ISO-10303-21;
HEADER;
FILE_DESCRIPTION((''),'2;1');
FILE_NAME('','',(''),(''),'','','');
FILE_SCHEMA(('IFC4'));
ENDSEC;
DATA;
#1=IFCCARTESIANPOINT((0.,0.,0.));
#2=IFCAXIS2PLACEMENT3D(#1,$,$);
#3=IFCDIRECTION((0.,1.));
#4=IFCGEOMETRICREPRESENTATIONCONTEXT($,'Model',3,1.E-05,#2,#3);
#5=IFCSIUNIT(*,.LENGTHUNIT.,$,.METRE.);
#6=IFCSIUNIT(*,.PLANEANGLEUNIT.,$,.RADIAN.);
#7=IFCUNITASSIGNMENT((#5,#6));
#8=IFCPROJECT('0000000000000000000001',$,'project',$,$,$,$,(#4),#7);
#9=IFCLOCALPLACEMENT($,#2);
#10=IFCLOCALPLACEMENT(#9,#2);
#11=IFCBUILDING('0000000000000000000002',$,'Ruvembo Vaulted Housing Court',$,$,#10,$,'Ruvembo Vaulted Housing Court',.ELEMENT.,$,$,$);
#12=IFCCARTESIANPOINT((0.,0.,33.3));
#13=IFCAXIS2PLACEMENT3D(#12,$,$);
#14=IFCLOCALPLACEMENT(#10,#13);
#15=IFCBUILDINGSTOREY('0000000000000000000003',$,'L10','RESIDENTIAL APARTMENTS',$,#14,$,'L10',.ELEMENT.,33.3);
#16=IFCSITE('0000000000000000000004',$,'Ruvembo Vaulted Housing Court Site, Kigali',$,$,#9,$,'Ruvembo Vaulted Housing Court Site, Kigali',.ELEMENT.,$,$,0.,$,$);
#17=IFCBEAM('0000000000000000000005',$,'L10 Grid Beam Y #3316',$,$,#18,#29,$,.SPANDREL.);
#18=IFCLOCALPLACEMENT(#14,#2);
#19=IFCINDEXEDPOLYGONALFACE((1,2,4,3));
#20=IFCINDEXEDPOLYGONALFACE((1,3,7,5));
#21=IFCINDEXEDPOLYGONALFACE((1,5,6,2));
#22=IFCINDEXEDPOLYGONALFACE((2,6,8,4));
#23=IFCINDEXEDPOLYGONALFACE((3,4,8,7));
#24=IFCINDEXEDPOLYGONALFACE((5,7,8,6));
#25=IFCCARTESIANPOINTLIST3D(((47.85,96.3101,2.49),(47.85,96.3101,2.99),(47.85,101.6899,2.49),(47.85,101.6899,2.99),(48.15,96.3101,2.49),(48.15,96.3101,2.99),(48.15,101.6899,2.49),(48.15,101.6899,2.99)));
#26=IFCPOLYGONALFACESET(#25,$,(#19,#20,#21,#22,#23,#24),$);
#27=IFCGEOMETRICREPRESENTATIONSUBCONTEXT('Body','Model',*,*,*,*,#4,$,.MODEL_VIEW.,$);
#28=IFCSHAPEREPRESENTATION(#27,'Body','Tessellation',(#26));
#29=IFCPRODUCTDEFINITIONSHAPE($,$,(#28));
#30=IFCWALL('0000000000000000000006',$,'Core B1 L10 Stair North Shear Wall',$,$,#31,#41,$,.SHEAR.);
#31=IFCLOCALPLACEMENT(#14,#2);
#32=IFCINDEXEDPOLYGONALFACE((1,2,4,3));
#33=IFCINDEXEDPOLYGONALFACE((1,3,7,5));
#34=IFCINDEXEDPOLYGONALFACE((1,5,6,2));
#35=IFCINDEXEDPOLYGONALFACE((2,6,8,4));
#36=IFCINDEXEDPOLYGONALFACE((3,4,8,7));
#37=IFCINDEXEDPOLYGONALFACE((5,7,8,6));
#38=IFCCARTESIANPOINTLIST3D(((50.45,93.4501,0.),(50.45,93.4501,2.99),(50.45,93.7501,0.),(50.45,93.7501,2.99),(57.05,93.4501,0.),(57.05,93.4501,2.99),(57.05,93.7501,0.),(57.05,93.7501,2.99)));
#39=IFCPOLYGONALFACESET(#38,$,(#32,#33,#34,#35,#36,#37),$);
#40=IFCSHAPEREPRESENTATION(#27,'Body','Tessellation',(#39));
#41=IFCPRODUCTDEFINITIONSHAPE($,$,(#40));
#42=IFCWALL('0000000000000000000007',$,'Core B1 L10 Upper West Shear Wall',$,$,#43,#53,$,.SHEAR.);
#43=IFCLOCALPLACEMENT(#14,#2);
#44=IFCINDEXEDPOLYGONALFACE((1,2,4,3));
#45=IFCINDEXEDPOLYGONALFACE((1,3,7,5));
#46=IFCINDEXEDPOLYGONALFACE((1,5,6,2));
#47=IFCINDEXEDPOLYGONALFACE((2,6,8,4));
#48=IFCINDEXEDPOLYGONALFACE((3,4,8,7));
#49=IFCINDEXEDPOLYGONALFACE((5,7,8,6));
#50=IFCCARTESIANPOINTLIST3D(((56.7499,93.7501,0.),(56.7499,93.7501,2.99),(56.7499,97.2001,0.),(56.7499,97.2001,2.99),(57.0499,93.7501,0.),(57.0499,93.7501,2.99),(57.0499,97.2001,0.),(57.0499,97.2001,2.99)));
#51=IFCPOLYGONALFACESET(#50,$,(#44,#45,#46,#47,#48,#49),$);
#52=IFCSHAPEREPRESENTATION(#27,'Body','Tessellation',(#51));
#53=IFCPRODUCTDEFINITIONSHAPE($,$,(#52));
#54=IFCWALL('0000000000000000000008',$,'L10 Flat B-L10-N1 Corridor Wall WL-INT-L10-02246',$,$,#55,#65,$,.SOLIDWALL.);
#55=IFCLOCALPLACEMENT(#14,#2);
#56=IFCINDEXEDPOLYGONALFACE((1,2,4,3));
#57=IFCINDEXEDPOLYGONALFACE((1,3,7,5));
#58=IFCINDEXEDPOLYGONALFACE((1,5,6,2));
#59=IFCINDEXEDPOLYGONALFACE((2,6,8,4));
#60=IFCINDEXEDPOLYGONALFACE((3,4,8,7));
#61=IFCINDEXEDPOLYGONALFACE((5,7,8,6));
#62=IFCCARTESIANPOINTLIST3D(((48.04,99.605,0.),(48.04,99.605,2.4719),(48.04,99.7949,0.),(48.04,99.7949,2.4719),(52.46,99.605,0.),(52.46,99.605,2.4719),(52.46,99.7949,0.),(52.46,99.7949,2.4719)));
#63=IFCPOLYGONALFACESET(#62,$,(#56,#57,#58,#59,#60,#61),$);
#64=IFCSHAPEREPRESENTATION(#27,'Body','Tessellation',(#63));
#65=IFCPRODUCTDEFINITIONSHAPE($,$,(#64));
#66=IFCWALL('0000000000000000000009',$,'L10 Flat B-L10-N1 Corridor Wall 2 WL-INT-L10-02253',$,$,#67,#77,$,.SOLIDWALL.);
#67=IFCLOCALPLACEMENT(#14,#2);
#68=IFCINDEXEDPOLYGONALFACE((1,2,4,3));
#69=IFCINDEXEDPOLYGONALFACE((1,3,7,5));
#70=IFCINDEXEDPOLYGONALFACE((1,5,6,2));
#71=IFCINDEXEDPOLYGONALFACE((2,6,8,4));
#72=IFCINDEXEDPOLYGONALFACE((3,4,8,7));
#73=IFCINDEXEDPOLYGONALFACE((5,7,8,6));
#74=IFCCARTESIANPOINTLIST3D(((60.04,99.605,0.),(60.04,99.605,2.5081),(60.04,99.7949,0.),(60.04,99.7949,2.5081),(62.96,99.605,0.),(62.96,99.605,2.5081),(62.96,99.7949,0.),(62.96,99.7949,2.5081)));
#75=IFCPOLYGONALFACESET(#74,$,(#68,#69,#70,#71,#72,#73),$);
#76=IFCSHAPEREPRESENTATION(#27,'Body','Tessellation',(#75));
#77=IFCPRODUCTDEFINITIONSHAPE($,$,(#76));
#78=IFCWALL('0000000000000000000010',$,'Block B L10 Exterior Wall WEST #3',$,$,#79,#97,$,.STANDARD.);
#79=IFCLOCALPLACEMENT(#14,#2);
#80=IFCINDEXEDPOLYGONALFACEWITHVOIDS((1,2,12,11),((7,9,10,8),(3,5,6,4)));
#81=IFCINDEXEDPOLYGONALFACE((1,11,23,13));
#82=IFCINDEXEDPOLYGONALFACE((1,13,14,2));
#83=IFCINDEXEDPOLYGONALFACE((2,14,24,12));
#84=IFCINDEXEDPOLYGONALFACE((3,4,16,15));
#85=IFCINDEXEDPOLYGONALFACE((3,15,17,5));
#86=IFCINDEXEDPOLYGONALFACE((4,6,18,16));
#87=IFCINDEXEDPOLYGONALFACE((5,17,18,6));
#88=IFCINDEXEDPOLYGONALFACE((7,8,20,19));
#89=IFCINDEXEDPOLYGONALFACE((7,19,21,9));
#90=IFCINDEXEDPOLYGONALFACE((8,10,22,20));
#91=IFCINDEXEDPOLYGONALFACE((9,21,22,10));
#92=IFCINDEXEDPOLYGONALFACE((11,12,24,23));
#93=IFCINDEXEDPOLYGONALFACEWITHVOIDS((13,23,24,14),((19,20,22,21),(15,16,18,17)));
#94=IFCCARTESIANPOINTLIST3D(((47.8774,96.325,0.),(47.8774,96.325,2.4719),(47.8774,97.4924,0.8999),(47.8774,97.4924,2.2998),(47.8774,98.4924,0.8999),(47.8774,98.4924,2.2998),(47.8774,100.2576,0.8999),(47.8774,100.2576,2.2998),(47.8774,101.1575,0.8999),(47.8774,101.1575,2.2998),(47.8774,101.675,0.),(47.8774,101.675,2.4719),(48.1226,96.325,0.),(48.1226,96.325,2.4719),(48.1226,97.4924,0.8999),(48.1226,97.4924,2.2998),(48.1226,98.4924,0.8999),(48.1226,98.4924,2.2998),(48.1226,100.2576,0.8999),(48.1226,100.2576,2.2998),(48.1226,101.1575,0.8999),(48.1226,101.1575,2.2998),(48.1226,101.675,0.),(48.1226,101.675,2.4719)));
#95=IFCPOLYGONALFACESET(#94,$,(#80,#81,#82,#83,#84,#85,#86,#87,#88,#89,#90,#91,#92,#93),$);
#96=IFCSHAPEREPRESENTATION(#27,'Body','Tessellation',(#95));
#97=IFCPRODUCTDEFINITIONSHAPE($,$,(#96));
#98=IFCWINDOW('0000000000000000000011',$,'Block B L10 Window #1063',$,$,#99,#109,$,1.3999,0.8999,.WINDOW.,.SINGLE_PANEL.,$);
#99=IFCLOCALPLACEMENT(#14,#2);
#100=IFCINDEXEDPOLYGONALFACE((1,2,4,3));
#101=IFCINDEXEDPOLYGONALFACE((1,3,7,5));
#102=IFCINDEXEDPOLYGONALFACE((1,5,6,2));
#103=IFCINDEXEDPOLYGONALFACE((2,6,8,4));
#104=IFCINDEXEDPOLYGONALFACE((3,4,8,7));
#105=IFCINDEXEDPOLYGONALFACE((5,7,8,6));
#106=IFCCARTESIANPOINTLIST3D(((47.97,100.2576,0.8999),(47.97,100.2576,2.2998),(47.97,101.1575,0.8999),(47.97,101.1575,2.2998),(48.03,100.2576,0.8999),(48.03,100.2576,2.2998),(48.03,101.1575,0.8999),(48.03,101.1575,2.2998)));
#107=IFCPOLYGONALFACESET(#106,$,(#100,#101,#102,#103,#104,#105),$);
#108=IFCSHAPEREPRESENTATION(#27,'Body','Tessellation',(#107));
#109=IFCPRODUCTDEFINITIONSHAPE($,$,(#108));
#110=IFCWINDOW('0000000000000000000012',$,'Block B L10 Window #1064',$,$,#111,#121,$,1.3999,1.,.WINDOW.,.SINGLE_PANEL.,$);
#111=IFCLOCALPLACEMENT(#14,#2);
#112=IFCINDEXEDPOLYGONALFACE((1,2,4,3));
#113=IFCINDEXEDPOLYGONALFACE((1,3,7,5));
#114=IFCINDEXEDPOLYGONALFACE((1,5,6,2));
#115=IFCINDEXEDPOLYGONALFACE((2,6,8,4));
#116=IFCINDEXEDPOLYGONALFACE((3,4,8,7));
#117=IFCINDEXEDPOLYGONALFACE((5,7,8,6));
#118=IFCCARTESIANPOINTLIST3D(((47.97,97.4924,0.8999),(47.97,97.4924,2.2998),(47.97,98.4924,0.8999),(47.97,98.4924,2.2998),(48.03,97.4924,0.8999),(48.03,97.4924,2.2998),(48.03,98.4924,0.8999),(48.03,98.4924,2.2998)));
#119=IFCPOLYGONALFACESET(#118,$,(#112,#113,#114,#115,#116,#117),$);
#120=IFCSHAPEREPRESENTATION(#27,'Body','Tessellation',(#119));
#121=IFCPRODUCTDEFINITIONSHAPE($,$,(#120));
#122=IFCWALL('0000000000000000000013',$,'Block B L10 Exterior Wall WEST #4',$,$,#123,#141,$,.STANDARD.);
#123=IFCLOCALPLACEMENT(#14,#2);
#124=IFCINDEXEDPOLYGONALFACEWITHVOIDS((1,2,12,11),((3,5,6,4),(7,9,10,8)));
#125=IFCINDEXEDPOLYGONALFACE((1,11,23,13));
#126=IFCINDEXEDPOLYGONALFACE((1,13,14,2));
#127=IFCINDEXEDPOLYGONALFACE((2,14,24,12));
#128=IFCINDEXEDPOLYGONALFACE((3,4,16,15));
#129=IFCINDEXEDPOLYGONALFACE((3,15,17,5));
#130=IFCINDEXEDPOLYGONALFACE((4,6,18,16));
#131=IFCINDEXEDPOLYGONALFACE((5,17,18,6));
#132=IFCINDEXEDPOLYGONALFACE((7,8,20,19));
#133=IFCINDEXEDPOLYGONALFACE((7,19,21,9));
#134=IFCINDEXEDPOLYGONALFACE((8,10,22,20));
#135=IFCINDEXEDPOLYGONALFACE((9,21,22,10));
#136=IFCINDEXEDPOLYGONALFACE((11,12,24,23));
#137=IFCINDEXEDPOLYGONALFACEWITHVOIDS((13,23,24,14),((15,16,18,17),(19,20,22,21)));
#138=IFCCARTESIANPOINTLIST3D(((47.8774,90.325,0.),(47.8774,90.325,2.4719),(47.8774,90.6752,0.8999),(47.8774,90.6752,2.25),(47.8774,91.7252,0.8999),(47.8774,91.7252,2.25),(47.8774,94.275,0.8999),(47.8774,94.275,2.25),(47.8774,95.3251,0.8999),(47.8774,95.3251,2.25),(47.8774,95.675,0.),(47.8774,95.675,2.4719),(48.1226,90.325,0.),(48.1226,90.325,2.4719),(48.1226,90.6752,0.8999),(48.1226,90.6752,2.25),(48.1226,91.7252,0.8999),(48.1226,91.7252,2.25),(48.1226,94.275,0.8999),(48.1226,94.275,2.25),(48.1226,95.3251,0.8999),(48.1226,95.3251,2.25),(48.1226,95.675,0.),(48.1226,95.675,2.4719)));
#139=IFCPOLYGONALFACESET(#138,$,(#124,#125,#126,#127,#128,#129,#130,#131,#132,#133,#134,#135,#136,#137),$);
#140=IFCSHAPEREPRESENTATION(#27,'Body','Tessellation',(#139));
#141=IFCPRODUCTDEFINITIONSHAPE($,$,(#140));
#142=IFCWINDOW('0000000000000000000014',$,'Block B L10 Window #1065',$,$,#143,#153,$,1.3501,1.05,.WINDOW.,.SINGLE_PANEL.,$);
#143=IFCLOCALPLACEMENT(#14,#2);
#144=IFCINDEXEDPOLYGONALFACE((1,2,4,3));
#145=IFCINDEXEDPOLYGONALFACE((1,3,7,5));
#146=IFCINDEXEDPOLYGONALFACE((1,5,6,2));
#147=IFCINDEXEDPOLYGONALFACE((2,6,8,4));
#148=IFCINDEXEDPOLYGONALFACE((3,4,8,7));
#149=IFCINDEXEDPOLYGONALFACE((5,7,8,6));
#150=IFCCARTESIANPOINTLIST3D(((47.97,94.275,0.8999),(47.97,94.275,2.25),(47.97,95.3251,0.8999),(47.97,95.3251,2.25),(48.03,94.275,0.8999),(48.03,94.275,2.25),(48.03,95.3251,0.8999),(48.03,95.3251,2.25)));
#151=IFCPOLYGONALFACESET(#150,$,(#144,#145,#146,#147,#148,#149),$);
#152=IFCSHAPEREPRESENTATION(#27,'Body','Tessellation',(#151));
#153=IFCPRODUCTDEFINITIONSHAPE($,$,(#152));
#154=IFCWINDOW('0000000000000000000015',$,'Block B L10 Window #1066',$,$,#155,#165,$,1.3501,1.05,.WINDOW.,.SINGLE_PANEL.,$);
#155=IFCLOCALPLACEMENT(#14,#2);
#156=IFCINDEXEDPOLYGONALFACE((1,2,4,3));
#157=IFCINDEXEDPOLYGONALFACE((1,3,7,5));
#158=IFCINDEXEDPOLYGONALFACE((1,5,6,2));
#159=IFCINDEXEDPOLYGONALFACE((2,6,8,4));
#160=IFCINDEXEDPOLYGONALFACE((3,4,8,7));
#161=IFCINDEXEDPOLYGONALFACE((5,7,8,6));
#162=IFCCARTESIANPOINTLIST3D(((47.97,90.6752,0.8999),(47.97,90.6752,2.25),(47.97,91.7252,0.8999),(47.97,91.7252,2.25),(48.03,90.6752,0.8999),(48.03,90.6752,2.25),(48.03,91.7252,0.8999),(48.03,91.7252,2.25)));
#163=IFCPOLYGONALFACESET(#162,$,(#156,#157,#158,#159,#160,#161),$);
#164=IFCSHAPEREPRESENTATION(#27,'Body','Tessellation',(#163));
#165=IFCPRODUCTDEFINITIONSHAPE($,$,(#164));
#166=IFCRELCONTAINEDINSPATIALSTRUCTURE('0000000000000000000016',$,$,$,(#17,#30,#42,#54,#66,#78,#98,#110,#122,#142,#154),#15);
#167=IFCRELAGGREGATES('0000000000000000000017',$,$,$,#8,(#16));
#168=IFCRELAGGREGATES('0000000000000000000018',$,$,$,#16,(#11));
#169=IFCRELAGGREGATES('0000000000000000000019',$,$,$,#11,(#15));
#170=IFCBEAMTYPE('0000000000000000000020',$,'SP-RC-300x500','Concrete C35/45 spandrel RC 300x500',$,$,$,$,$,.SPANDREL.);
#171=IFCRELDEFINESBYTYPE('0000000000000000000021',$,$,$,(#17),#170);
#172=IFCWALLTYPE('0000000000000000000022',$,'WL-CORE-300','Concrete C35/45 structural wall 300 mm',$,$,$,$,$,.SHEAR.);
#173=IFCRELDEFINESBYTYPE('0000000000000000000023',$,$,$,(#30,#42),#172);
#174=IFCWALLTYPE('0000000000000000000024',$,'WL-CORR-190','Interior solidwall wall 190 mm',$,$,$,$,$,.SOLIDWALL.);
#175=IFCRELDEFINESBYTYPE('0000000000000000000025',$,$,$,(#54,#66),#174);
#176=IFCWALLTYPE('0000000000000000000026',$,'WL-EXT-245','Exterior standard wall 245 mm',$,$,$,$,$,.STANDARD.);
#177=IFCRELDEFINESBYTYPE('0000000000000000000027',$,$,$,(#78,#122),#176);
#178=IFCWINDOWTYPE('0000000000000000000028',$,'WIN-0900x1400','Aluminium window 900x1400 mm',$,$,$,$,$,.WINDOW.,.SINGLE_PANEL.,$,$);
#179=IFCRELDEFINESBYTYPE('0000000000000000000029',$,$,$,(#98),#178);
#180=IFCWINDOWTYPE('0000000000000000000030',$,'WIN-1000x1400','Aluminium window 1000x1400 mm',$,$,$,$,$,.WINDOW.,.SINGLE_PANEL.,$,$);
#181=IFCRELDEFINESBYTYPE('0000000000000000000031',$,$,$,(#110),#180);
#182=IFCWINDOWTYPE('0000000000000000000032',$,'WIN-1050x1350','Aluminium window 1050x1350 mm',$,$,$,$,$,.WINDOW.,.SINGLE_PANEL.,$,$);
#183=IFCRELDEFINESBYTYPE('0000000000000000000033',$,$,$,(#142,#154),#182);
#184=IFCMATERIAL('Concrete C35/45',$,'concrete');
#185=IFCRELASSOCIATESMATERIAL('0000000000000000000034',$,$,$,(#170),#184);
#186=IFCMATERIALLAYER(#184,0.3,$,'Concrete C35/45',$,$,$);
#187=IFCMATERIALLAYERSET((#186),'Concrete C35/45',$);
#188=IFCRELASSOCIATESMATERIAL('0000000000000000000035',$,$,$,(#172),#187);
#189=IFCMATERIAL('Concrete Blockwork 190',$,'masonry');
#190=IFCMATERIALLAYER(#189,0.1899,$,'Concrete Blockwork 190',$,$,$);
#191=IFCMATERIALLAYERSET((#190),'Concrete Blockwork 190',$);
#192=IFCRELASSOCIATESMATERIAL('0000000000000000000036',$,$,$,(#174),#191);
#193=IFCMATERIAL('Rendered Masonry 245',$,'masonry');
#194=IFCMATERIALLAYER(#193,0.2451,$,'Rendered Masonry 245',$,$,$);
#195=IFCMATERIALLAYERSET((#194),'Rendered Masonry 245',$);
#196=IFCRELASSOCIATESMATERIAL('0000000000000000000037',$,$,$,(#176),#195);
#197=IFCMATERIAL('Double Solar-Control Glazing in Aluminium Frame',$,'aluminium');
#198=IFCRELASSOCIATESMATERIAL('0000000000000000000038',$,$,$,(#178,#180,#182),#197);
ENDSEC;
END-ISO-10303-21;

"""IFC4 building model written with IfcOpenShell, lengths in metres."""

from ifc_helpers import new_model, si_unit, direction, frame, frame_2d, origin, origin_2d, place, context, subcontext, project, spatial, rectangle, extrude, material, layer, layer_set, material_profile, profile_set, type_object, element, fill, save


model = new_model("IFC4")

# Units and contexts
model_context = context("Model", 3, precision=1e-05, world=origin(), true_north=direction((0.0, 1.0)))
body_context = subcontext(model_context, "Body", "Model", "MODEL_VIEW")
ifc_project = project(units=[si_unit("LENGTHUNIT", "METRE"), si_unit("PLANEANGLEUNIT", "RADIAN")], contexts=[model_context])

# Site, building, storey
site_placement = place(None, origin())
site = spatial("IfcSite", under=ifc_project, at=site_placement, Name="Ruvembo Vaulted Housing Court Site, Kigali", LongName="Ruvembo Vaulted Housing Court Site, Kigali", CompositionType="ELEMENT", RefElevation=0.0)
building_placement = place(site_placement, origin())
building = spatial("IfcBuilding", under=site, at=building_placement, Name="Ruvembo Vaulted Housing Court", LongName="Ruvembo Vaulted Housing Court", CompositionType="ELEMENT")
storey_placement = place(building_placement, frame((0.0, 0.0, 33.3)))
storey = spatial("IfcBuildingStorey", under=building, at=storey_placement, Name="L10", Description="RESIDENTIAL APARTMENTS", LongName="L10", CompositionType="ELEMENT", Elevation=33.3)

# Shared definitions
ifc_material_1 = material(Name="Concrete C35/45", Category="concrete")

# Beam
ifc_material_profile_1 = material_profile(ifc_material_1, rectangle(XDim=0.3, YDim=0.5, at=origin_2d()), Name="RC 300x500")
ifc_profile_set_1 = profile_set([ifc_material_profile_1], Name="Concrete C35/45")
beam_type_1 = type_object("IfcBeamType", Name="SP-RC-300x500", Description="Concrete C35/45 spandrel RC 300x500", PredefinedType="SPANDREL", material=ifc_profile_set_1)
beam_1_placement = place(storey_placement, frame((48.0, 96.3101, 2.74), z_axis=(0.0, 1.0, 0.0), x_axis=(-1.0, 0.0, 0.0)))
element("IfcBeam", 1, at=beam_1_placement, inside=storey, type_object=beam_type_1, Name="L10 Grid Beam Y #3316", PredefinedType="SPANDREL", context=body_context, shape_type="SweptSolid", body=[
    extrude(rectangle(XDim=0.3, YDim=0.5, at=origin_2d()), origin(), (0.0, 0.0, 1.0), 5.3799),
])

# Walls
ifc_layer_1 = layer(ifc_material_1, 0.3, Name="Concrete C35/45")
ifc_layer_set_1 = layer_set([ifc_layer_1], Name="Concrete C35/45")
wall_type_1 = type_object("IfcWallType", Name="WL-CORE-300", Description="Concrete C35/45 structural wall 300 mm", PredefinedType="SHEAR", material=ifc_layer_set_1)
wall_1_placement = place(storey_placement, frame((57.05, 93.6001, 0.0), z_axis=(0.0, 0.0, 1.0), x_axis=(-1.0, 0.0, 0.0)))
element("IfcWall", 2, at=wall_1_placement, inside=storey, type_object=wall_type_1, Name="Core B1 L10 Stair North Shear Wall", PredefinedType="SHEAR", context=body_context, shape_type="SweptSolid", body=[
    extrude(rectangle(XDim=6.6001, YDim=0.3, at=frame_2d((3.3, 0.0))), origin(), (0.0, 0.0, 1.0), 2.99),
])
wall_2_placement = place(storey_placement, frame((56.8999, 93.75, 0.0), z_axis=(0.0, 0.0, 1.0), x_axis=(0.0, 1.0, 0.0)))
element("IfcWall", 3, at=wall_2_placement, inside=storey, type_object=wall_type_1, Name="Core B1 L10 Upper West Shear Wall", PredefinedType="SHEAR", context=body_context, shape_type="SweptSolid", body=[
    extrude(rectangle(XDim=3.45, YDim=0.3, at=frame_2d((1.7251, 0.0))), origin(), (0.0, 0.0, 1.0), 2.99),
])
ifc_material_2 = material(Name="Concrete Blockwork 190", Category="masonry")
ifc_layer_2 = layer(ifc_material_2, 0.1899, Name="Concrete Blockwork 190")
ifc_layer_set_2 = layer_set([ifc_layer_2], Name="Concrete Blockwork 190")
wall_type_2 = type_object("IfcWallType", Name="WL-CORR-190", Description="Interior solidwall wall 190 mm", PredefinedType="SOLIDWALL", material=ifc_layer_set_2)
wall_3_placement = place(storey_placement, frame((48.04, 99.7, 0.0), z_axis=(0.0, 0.0, 1.0), x_axis=(1.0, 0.0, 0.0)))
element("IfcWall", 4, at=wall_3_placement, inside=storey, type_object=wall_type_2, Name="L10 Flat B-L10-N1 Corridor Wall WL-INT-L10-02246", PredefinedType="SOLIDWALL", context=body_context, shape_type="SweptSolid", body=[
    extrude(rectangle(XDim=4.4199, YDim=0.1899, at=frame_2d((2.21, 0.0))), origin(), (0.0, 0.0, 1.0), 2.4719),
])

# Wall
wall_4_placement = place(storey_placement, frame((60.04, 99.7, 0.0), z_axis=(0.0, 0.0, 1.0), x_axis=(1.0, 0.0, 0.0)))
element("IfcWall", 5, at=wall_4_placement, inside=storey, type_object=wall_type_2, Name="L10 Flat B-L10-N1 Corridor Wall 2 WL-INT-L10-02253", PredefinedType="SOLIDWALL", context=body_context, shape_type="SweptSolid", body=[
    extrude(rectangle(XDim=2.9199, YDim=0.1899, at=frame_2d((1.46, 0.0))), origin(), (0.0, 0.0, 1.0), 2.5081),
])

# Walls, openings, windows
ifc_material_3 = material(Name="Rendered Masonry 245", Category="masonry")
ifc_layer_3 = layer(ifc_material_3, 0.2451, Name="Rendered Masonry 245")
ifc_layer_set_3 = layer_set([ifc_layer_3], Name="Rendered Masonry 245")
wall_type_3 = type_object("IfcWallType", Name="WL-EXT-245", Description="Exterior standard wall 245 mm", PredefinedType="STANDARD", material=ifc_layer_set_3)
wall_5_placement = place(storey_placement, frame((48.0, 101.675, 0.0), z_axis=(0.0, 0.0, 1.0), x_axis=(0.0, -1.0, 0.0)))
wall_5 = element("IfcWall", 6, at=wall_5_placement, inside=storey, type_object=wall_type_3, Name="Block B L10 Exterior Wall WEST #3", PredefinedType="STANDARD", context=body_context, shape_type="SweptSolid", body=[
    extrude(rectangle(XDim=5.3501, YDim=0.2451, at=frame_2d((2.675, 0.0))), origin(), (0.0, 0.0, 1.0), 2.4719),
])
opening_1_placement = place(wall_5_placement, frame((0.5176, 0.0, 0.8999)))
opening_1 = element("IfcOpeningElement", 7, at=opening_1_placement, cuts=wall_5, PredefinedType="OPENING", context=body_context, shape_type="SweptSolid", body=[
    extrude(rectangle(XDim=0.8999, YDim=1.3999, at=frame_2d((0.45, 0.7))), frame((0.0, 0.1326, 0.0), z_axis=(0.0, -1.0, 0.0), x_axis=(1.0, 0.0, 0.0)), (0.0, 0.0, 1.0), 0.2651),
])
opening_2_placement = place(wall_5_placement, frame((3.1826, 0.0, 0.8999)))
opening_2 = element("IfcOpeningElement", 8, at=opening_2_placement, cuts=wall_5, PredefinedType="OPENING", context=body_context, shape_type="SweptSolid", body=[
    extrude(rectangle(XDim=1.0, YDim=1.3999, at=frame_2d((0.5, 0.7))), frame((0.0, 0.1326, 0.0), z_axis=(0.0, -1.0, 0.0), x_axis=(1.0, 0.0, 0.0)), (0.0, 0.0, 1.0), 0.2651),
])
ifc_material_4 = material(Name="Double Solar-Control Glazing in Aluminium Frame", Category="aluminium")
window_type_1 = type_object("IfcWindowType", Name="WIN-0900x1400", Description="Aluminium window 900x1400 mm", PartitioningType="SINGLE_PANEL", PredefinedType="WINDOW", material=ifc_material_4)
window_1_placement = place(opening_1_placement, origin())
window_1 = element("IfcWindow", 9, at=window_1_placement, inside=storey, type_object=window_type_1, Name="Block B L10 Window #1063", OverallHeight=1.3999, OverallWidth=0.8999, PartitioningType="SINGLE_PANEL", PredefinedType="WINDOW", context=body_context, shape_type="SweptSolid", body=[
    extrude(rectangle(XDim=0.8999, YDim=1.3999, at=frame_2d((0.45, 0.7))), frame((0.0, 0.03, 0.0), z_axis=(0.0, -1.0, 0.0), x_axis=(1.0, 0.0, 0.0)), (0.0, 0.0, 1.0), 0.0601),
])
fill(opening_1, window_1)
window_type_2 = type_object("IfcWindowType", Name="WIN-1000x1400", Description="Aluminium window 1000x1400 mm", PartitioningType="SINGLE_PANEL", PredefinedType="WINDOW", material=ifc_material_4)
window_2_placement = place(opening_2_placement, origin())
window_2 = element("IfcWindow", 10, at=window_2_placement, inside=storey, type_object=window_type_2, Name="Block B L10 Window #1064", OverallHeight=1.3999, OverallWidth=1.0, PartitioningType="SINGLE_PANEL", PredefinedType="WINDOW", context=body_context, shape_type="SweptSolid", body=[
    extrude(rectangle(XDim=1.0, YDim=1.3999, at=frame_2d((0.5, 0.7))), frame((0.0, 0.03, 0.0), z_axis=(0.0, -1.0, 0.0), x_axis=(1.0, 0.0, 0.0)), (0.0, 0.0, 1.0), 0.0601),
])
fill(opening_2, window_2)
wall_6_placement = place(storey_placement, frame((48.0, 95.675, 0.0), z_axis=(0.0, 0.0, 1.0), x_axis=(0.0, -1.0, 0.0)))
wall_6 = element("IfcWall", 11, at=wall_6_placement, inside=storey, type_object=wall_type_3, Name="Block B L10 Exterior Wall WEST #4", PredefinedType="STANDARD", context=body_context, shape_type="SweptSolid", body=[
    extrude(rectangle(XDim=5.3501, YDim=0.2451, at=frame_2d((2.675, 0.0))), origin(), (0.0, 0.0, 1.0), 2.4719),
])
opening_3_placement = place(wall_6_placement, frame((0.3501, 0.0, 0.8999)))
opening_3 = element("IfcOpeningElement", 12, at=opening_3_placement, cuts=wall_6, PredefinedType="OPENING", context=body_context, shape_type="SweptSolid", body=[
    extrude(rectangle(XDim=1.05, YDim=1.3501, at=frame_2d((0.5249, 0.675))), frame((0.0, 0.1326, 0.0), z_axis=(0.0, -1.0, 0.0), x_axis=(1.0, 0.0, 0.0)), (0.0, 0.0, 1.0), 0.2651),
])
opening_4_placement = place(wall_6_placement, frame((3.95, 0.0, 0.8999)))
opening_4 = element("IfcOpeningElement", 13, at=opening_4_placement, cuts=wall_6, PredefinedType="OPENING", context=body_context, shape_type="SweptSolid", body=[
    extrude(rectangle(XDim=1.05, YDim=1.3501, at=frame_2d((0.5249, 0.675))), frame((0.0, 0.1326, 0.0), z_axis=(0.0, -1.0, 0.0), x_axis=(1.0, 0.0, 0.0)), (0.0, 0.0, 1.0), 0.2651),
])
window_type_3 = type_object("IfcWindowType", Name="WIN-1050x1350", Description="Aluminium window 1050x1350 mm", PartitioningType="SINGLE_PANEL", PredefinedType="WINDOW", material=ifc_material_4)
window_3_placement = place(opening_3_placement, origin())
window_3 = element("IfcWindow", 14, at=window_3_placement, inside=storey, type_object=window_type_3, Name="Block B L10 Window #1065", OverallHeight=1.3501, OverallWidth=1.05, PartitioningType="SINGLE_PANEL", PredefinedType="WINDOW", context=body_context, shape_type="SweptSolid", body=[
    extrude(rectangle(XDim=1.05, YDim=1.3501, at=frame_2d((0.5249, 0.675))), frame((0.0, 0.03, 0.0), z_axis=(0.0, -1.0, 0.0), x_axis=(1.0, 0.0, 0.0)), (0.0, 0.0, 1.0), 0.0601),
])
fill(opening_3, window_3)
window_4_placement = place(opening_4_placement, origin())
window_4 = element("IfcWindow", 15, at=window_4_placement, inside=storey, type_object=window_type_3, Name="Block B L10 Window #1066", OverallHeight=1.3501, OverallWidth=1.05, PartitioningType="SINGLE_PANEL", PredefinedType="WINDOW", context=body_context, shape_type="SweptSolid", body=[
    extrude(rectangle(XDim=1.05, YDim=1.3501, at=frame_2d((0.5249, 0.675))), frame((0.0, 0.03, 0.0), z_axis=(0.0, -1.0, 0.0), x_axis=(1.0, 0.0, 0.0)), (0.0, 0.0, 1.0), 0.0601),
])
fill(opening_4, window_4)

save(model, "model.ifc")
